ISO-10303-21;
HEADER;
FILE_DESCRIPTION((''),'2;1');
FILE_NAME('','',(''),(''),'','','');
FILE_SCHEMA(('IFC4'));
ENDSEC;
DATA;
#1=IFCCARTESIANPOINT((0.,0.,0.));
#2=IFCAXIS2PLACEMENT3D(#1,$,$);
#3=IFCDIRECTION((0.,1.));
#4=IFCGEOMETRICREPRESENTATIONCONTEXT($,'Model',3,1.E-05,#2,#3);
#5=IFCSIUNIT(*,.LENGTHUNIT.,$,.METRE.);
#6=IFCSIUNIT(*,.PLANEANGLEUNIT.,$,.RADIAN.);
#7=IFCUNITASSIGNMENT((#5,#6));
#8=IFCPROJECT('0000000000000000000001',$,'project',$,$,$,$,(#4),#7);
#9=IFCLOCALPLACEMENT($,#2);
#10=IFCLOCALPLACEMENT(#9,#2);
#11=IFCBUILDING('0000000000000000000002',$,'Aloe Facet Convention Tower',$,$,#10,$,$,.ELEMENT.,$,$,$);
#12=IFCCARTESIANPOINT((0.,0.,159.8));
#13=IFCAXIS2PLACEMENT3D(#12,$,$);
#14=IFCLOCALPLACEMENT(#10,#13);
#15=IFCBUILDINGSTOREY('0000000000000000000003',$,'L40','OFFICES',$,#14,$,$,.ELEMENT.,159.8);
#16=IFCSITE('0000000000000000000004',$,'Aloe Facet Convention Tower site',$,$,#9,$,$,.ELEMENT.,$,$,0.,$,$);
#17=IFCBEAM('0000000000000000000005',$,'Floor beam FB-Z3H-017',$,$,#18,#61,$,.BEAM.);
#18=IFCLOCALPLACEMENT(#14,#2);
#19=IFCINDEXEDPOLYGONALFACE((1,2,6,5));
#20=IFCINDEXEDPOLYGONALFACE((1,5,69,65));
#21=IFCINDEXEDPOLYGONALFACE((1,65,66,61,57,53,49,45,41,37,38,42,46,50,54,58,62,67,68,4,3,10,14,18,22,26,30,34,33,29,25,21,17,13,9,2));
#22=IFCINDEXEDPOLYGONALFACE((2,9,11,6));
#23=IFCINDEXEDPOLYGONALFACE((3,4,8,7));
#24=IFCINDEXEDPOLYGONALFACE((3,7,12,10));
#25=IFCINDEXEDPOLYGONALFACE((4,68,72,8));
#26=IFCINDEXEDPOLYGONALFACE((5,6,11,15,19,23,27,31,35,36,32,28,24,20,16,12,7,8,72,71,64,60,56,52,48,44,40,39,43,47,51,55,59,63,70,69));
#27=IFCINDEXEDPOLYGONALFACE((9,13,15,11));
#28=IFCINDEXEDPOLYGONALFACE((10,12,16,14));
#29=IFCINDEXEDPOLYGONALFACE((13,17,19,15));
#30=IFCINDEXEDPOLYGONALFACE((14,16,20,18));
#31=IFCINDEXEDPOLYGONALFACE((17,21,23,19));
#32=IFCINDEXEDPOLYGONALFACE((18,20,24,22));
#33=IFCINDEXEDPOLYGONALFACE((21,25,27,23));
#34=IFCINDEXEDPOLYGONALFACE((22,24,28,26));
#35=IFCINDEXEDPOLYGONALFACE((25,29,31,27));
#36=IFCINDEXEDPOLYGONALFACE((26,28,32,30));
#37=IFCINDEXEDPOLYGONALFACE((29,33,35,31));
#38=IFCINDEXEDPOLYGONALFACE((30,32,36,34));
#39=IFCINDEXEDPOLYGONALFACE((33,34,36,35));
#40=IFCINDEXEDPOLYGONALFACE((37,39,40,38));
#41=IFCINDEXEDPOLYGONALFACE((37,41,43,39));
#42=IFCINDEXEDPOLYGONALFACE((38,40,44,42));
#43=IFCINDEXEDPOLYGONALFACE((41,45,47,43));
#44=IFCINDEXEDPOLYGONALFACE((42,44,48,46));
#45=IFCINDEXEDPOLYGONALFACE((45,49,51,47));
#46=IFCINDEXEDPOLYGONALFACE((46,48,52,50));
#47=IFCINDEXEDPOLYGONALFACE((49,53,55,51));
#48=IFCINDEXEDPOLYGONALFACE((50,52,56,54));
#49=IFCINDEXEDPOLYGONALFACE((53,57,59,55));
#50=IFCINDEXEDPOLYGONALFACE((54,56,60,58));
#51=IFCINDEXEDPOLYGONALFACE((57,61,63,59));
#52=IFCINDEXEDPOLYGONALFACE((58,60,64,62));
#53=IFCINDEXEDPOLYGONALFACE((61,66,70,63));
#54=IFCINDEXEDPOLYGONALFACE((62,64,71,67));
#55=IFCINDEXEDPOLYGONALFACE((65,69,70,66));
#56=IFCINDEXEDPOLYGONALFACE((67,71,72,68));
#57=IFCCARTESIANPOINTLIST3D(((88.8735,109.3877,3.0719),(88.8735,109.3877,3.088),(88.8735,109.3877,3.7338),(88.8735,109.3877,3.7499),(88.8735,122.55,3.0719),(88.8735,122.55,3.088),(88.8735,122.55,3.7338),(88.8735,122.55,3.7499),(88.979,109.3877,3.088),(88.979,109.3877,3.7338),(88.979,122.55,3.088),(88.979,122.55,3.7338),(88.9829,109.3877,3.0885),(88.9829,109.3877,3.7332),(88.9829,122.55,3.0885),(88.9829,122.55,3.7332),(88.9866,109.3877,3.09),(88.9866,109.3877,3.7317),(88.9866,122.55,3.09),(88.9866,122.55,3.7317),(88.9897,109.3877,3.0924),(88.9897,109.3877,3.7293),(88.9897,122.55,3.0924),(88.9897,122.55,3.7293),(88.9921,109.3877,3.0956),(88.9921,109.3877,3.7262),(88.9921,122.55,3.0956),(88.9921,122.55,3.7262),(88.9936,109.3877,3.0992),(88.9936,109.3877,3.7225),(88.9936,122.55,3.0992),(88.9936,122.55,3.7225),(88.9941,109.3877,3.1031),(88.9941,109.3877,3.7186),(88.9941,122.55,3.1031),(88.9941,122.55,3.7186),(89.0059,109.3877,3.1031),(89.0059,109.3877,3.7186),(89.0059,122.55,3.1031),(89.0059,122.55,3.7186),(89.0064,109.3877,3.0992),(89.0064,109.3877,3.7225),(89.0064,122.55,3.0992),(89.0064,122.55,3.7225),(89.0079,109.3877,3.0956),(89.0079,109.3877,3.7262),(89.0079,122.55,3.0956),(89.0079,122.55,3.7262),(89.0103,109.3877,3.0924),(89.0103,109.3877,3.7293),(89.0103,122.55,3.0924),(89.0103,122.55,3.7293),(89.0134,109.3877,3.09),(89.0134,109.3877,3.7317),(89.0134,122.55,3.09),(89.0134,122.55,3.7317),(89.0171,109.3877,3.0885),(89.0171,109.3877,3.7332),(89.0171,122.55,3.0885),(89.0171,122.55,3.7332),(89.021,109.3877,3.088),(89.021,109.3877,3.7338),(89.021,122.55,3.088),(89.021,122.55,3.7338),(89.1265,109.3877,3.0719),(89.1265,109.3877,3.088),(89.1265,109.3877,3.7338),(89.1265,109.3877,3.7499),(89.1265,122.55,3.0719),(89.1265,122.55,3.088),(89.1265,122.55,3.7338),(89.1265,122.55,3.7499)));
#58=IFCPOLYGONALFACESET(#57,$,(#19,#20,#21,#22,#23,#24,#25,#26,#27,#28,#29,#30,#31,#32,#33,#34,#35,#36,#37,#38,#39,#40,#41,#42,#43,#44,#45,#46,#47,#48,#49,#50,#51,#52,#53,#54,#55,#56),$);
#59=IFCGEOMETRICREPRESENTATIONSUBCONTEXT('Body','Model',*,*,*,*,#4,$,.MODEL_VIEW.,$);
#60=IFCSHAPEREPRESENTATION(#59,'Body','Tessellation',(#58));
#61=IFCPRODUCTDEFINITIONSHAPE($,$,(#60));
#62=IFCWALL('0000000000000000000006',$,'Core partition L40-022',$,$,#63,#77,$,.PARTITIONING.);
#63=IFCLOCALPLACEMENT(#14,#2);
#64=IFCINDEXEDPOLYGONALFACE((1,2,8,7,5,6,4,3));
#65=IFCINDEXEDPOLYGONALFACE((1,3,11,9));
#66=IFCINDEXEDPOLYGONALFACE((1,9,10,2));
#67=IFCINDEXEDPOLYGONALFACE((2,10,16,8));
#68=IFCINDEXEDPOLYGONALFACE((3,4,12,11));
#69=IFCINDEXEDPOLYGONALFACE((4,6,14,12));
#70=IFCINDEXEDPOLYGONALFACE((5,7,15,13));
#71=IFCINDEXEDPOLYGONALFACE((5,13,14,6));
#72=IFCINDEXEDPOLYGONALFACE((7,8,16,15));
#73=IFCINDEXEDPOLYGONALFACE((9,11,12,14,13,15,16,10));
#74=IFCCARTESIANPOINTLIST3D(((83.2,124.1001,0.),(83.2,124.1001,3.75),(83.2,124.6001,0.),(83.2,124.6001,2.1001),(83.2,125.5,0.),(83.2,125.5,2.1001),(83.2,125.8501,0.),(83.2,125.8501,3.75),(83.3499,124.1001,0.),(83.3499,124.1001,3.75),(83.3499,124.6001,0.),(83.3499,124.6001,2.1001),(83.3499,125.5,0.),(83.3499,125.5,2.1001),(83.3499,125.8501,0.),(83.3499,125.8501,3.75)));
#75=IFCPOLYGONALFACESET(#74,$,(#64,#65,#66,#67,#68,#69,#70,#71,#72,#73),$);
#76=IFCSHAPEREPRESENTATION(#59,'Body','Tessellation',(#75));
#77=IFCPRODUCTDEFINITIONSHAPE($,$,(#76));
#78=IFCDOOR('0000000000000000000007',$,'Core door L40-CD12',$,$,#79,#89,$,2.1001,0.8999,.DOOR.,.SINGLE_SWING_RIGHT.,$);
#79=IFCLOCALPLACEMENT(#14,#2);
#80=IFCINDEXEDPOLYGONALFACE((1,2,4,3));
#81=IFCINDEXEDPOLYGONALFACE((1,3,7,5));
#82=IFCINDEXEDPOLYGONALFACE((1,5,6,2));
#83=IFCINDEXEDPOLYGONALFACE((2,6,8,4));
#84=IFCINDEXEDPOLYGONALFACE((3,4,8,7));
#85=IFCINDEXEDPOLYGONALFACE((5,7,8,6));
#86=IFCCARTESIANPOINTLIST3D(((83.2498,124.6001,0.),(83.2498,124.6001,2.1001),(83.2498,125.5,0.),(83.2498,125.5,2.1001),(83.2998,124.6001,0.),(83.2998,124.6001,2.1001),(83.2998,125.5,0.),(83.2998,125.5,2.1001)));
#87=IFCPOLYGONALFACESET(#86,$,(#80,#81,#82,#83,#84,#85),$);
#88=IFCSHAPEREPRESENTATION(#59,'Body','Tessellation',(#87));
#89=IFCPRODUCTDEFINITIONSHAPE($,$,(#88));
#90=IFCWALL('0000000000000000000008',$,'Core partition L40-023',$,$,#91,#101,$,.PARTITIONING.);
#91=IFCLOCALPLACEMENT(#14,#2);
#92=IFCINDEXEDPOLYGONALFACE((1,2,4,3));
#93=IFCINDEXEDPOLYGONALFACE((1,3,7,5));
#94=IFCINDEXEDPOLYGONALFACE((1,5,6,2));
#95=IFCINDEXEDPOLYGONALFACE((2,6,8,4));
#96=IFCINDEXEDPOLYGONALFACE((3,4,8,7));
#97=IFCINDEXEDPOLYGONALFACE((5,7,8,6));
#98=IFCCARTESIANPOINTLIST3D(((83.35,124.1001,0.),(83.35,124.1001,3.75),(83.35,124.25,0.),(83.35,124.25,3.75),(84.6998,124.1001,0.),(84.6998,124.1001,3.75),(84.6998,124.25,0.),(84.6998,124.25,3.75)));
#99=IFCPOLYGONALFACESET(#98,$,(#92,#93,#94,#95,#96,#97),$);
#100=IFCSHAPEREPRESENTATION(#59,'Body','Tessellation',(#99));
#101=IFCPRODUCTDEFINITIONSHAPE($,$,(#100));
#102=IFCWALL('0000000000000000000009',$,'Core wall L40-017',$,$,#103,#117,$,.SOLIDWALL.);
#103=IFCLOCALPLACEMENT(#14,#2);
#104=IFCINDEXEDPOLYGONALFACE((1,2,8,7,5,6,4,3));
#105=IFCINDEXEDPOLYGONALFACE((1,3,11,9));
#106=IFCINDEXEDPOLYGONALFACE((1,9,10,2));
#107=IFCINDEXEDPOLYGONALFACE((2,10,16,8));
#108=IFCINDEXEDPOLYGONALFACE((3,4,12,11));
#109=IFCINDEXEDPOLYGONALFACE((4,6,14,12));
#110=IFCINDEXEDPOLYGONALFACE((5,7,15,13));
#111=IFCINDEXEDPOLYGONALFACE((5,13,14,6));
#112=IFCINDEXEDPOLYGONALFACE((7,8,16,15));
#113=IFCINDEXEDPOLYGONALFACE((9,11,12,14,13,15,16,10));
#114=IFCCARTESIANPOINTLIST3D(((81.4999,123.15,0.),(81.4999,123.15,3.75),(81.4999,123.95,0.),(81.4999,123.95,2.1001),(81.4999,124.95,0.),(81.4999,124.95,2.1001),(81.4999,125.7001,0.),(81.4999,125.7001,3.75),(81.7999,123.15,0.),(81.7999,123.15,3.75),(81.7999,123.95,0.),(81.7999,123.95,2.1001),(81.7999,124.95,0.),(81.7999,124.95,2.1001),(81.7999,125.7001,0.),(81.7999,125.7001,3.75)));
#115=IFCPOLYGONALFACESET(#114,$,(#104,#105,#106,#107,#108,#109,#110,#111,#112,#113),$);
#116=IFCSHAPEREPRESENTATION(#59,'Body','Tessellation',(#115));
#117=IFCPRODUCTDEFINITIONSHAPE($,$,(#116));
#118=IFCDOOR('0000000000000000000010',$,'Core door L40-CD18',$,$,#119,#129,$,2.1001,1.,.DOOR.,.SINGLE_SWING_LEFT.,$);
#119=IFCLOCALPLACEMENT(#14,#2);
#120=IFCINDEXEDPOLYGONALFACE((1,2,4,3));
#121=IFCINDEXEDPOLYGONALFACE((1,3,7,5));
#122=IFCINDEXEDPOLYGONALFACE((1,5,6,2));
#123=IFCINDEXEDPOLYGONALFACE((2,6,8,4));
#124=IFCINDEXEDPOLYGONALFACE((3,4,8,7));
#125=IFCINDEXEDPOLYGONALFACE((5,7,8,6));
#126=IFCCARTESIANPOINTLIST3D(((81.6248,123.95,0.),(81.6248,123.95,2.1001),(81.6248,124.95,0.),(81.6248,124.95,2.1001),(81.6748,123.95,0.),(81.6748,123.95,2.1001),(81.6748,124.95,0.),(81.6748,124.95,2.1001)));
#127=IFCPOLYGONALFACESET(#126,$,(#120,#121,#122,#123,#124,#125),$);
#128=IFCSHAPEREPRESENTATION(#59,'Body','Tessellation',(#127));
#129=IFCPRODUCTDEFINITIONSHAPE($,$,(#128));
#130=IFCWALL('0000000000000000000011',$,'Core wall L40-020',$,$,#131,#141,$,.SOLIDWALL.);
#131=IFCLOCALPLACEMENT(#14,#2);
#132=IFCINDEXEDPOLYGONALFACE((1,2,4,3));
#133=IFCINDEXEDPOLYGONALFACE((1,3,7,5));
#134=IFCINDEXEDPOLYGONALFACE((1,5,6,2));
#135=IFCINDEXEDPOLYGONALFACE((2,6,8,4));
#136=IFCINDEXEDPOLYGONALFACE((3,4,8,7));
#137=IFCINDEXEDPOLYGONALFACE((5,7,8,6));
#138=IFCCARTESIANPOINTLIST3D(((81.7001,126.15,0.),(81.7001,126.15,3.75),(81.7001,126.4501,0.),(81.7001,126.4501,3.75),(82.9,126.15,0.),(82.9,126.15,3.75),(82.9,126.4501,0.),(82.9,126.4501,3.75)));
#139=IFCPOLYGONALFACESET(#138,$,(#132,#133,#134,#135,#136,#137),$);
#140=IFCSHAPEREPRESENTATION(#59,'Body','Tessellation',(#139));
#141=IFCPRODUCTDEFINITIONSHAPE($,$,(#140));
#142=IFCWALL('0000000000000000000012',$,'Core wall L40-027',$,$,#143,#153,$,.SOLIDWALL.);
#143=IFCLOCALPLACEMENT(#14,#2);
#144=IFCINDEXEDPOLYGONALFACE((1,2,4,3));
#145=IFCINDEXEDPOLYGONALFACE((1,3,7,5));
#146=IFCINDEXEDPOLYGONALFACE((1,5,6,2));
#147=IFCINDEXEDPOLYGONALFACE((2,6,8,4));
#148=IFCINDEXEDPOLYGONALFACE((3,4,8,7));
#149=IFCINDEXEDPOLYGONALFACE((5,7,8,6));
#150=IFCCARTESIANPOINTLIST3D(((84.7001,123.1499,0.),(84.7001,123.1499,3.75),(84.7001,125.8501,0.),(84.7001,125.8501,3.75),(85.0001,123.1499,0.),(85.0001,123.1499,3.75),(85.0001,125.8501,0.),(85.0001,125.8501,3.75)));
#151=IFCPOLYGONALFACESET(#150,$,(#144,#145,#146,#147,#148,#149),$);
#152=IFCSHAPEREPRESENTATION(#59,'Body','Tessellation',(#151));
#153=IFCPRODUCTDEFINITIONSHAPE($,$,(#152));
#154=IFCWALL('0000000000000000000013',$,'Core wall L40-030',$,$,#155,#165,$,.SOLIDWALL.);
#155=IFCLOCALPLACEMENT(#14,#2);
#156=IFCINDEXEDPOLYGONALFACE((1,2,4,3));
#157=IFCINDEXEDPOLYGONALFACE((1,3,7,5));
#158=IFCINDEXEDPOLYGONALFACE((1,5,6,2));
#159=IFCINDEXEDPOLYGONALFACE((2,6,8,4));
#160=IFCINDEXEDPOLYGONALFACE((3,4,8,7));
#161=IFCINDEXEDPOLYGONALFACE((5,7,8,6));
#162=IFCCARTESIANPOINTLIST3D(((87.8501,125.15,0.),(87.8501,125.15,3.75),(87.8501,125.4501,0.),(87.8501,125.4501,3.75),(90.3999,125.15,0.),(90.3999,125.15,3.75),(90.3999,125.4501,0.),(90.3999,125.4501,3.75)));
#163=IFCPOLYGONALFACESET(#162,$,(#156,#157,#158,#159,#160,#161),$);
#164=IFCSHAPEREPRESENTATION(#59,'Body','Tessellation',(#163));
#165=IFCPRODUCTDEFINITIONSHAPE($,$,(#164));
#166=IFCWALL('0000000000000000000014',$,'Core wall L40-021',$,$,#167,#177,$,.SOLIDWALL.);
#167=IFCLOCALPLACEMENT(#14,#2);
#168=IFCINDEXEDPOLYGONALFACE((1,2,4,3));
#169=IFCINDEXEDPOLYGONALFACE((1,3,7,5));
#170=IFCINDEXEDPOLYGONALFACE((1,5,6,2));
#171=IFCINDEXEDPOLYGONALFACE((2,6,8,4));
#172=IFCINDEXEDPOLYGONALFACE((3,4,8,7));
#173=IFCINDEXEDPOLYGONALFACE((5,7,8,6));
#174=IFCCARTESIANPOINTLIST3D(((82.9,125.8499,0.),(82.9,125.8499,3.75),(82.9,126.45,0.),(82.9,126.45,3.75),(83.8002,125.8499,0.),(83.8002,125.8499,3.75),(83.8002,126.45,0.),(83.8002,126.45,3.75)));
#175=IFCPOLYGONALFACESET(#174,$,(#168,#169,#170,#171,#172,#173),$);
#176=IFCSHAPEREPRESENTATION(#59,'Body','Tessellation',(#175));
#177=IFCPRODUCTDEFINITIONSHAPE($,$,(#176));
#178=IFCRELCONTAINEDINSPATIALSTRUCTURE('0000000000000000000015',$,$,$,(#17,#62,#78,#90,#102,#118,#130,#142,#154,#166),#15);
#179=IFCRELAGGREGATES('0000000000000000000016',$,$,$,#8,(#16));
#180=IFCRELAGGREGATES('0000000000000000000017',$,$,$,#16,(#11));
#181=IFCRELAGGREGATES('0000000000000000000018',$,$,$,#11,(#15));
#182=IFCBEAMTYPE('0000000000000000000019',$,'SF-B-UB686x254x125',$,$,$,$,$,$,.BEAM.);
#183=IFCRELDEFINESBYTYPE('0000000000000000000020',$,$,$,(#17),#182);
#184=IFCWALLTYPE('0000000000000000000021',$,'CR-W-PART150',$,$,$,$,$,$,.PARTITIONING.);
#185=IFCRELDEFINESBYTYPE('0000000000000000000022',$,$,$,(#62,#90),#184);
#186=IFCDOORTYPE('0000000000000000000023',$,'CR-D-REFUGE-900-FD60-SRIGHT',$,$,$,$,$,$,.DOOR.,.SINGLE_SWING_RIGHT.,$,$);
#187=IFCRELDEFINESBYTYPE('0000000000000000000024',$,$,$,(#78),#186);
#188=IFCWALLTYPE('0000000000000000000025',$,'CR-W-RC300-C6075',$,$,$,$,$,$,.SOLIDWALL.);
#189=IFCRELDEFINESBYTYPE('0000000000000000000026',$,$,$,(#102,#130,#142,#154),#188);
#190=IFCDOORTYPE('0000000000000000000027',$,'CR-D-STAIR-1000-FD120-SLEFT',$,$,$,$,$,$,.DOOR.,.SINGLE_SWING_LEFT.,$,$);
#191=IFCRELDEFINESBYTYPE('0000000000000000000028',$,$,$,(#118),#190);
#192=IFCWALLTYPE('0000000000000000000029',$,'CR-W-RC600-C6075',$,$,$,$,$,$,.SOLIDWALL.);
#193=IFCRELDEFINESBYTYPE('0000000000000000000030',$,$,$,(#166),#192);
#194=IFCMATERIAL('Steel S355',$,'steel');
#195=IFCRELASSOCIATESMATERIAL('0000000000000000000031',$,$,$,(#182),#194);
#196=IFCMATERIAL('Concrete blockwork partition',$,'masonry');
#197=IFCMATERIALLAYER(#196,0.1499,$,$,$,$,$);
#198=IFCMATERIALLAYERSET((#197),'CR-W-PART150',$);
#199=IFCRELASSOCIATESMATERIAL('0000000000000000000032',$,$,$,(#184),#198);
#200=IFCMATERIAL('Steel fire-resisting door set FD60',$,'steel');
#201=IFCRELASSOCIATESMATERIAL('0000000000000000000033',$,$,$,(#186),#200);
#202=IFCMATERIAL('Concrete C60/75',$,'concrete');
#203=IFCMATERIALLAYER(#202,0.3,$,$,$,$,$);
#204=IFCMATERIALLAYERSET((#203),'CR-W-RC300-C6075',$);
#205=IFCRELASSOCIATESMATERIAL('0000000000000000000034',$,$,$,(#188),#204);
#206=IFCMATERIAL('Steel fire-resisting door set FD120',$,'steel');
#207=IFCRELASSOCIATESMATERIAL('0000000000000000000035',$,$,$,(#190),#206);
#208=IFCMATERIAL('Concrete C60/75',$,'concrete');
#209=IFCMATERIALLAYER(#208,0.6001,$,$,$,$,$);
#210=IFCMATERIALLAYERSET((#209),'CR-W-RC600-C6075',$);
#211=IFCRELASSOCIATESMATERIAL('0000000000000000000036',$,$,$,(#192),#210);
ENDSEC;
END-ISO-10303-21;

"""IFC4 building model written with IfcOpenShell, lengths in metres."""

from ifc_helpers import new_model, si_unit, direction, frame, frame_2d, origin, origin_2d, place, context, subcontext, project, spatial, rectangle, i_section, extrude, material, layer, layer_set, material_profile, profile_set, type_object, element, fill, save


model = new_model("IFC4")

# Units and contexts
model_context = context("Model", 3, precision=1e-05, world=origin(), true_north=direction((0.0, 1.0)))
body_context = subcontext(model_context, "Body", "Model", "MODEL_VIEW")
ifc_project = project(units=[si_unit("LENGTHUNIT", "METRE"), si_unit("PLANEANGLEUNIT", "RADIAN")], contexts=[model_context])

# Site, building, storey
site_placement = place(None, origin())
site = spatial("IfcSite", under=ifc_project, at=site_placement, Name="Aloe Facet Convention Tower site", CompositionType="ELEMENT", RefElevation=0.0)
building_placement = place(site_placement, origin())
building = spatial("IfcBuilding", under=site, at=building_placement, Name="Aloe Facet Convention Tower", CompositionType="ELEMENT")
storey_placement = place(building_placement, frame((0.0, 0.0, 159.8)))
storey = spatial("IfcBuildingStorey", under=building, at=storey_placement, Name="L40", Description="OFFICES", CompositionType="ELEMENT", Elevation=159.8)

# Beam
ifc_material_1 = material(Name="Steel S355", Category="steel")
ifc_material_profile = material_profile(ifc_material_1, i_section(OverallWidth=0.2529, OverallDepth=0.678, WebThickness=0.0117, FlangeThickness=0.0161, FilletRadius=0.0151, at=origin_2d()), Name="UB 686x254x125")
ifc_profile_set = profile_set([ifc_material_profile], Name="Steel S355")
beam_type = type_object("IfcBeamType", Name="SF-B-UB686x254x125", PredefinedType="BEAM", material=ifc_profile_set)
beam_placement = place(storey_placement, frame((89.0, 122.55, 3.4109), z_axis=(0.0, -1.0, 0.0), x_axis=(1.0, 0.0, 0.0)))
element("IfcBeam", 1, at=beam_placement, inside=storey, type_object=beam_type, Name="Floor beam FB-Z3H-017", PredefinedType="BEAM", context=body_context, shape_type="SweptSolid", body=[
    extrude(i_section(OverallWidth=0.2529, OverallDepth=0.678, WebThickness=0.0117, FlangeThickness=0.0161, FilletRadius=0.0151, at=origin_2d()), origin(), (0.0, 0.0, 1.0), 13.1624),
])

# Wall, opening, door
ifc_material_2 = material(Name="Concrete blockwork partition", Category="masonry")
ifc_layer_1 = layer(ifc_material_2, 0.1499)
ifc_layer_set_1 = layer_set([ifc_layer_1], Name="CR-W-PART150")
wall_type_1 = type_object("IfcWallType", Name="CR-W-PART150", PredefinedType="PARTITIONING", material=ifc_layer_set_1)
wall_1_placement = place(storey_placement, frame((83.2749, 125.8501, 0.0), z_axis=(0.0, 0.0, 1.0), x_axis=(0.0, -1.0, 0.0)))
wall_1 = element("IfcWall", 2, at=wall_1_placement, inside=storey, type_object=wall_type_1, Name="Core partition L40-022", PredefinedType="PARTITIONING", context=body_context, shape_type="SweptSolid", body=[
    extrude(rectangle(XDim=1.75, YDim=0.1499, at=frame_2d((0.875, 0.0))), origin(), (0.0, 0.0, 1.0), 3.75),
])
opening_1_placement = place(wall_1_placement, frame((0.3501, 0.0, 0.0)))
opening_1 = element("IfcOpeningElement", 3, at=opening_1_placement, cuts=wall_1, PredefinedType="OPENING", context=body_context, shape_type="SweptSolid", body=[
    extrude(rectangle(XDim=0.8999, YDim=2.1001, at=frame_2d((0.45, 1.05))), frame((0.0, 0.085, 0.0), z_axis=(0.0, -1.0, 0.0), x_axis=(1.0, 0.0, 0.0)), (0.0, 0.0, 1.0), 0.1699),
])
ifc_material_3 = material(Name="Steel fire-resisting door set FD60", Category="steel")
door_type_1 = type_object("IfcDoorType", Name="CR-D-REFUGE-900-FD60-SRIGHT", OperationType="SINGLE_SWING_RIGHT", PredefinedType="DOOR", material=ifc_material_3)
door_1_placement = place(opening_1_placement, origin())
door_1 = element("IfcDoor", 4, at=door_1_placement, inside=storey, type_object=door_type_1, Name="Core door L40-CD12", OperationType="SINGLE_SWING_RIGHT", OverallHeight=2.1001, OverallWidth=0.8999, PredefinedType="DOOR", context=body_context, shape_type="SweptSolid", body=[
    extrude(rectangle(XDim=0.8999, YDim=2.1001, at=frame_2d((0.45, 1.05))), frame((0.0, 0.0249, 0.0), z_axis=(0.0, -1.0, 0.0), x_axis=(1.0, 0.0, 0.0)), (0.0, 0.0, 1.0), 0.05),
])
fill(opening_1, door_1)

# Wall
wall_2_placement = place(storey_placement, frame((83.3501, 124.175, 0.0), z_axis=(0.0, 0.0, 1.0), x_axis=(1.0, 0.0, 0.0)))
element("IfcWall", 5, at=wall_2_placement, inside=storey, type_object=wall_type_1, Name="Core partition L40-023", PredefinedType="PARTITIONING", context=body_context, shape_type="SweptSolid", body=[
    extrude(rectangle(XDim=1.3499, YDim=0.1499, at=frame_2d((0.6748, 0.0))), origin(), (0.0, 0.0, 1.0), 3.75),
])

# Wall, opening, door
ifc_material_4 = material(Name="Concrete C60/75", Category="concrete")
ifc_layer_2 = layer(ifc_material_4, 0.3)
ifc_layer_set_2 = layer_set([ifc_layer_2], Name="CR-W-RC300-C6075")
wall_type_2 = type_object("IfcWallType", Name="CR-W-RC300-C6075", PredefinedType="SOLIDWALL", material=ifc_layer_set_2)
wall_3_placement = place(storey_placement, frame((81.6499, 125.7, 0.0), z_axis=(0.0, 0.0, 1.0), x_axis=(0.0, -1.0, 0.0)))
wall_3 = element("IfcWall", 6, at=wall_3_placement, inside=storey, type_object=wall_type_2, Name="Core wall L40-017", PredefinedType="SOLIDWALL", context=body_context, shape_type="SweptSolid", body=[
    extrude(rectangle(XDim=2.55, YDim=0.3, at=frame_2d((1.2749, 0.0))), origin(), (0.0, 0.0, 1.0), 3.75),
])
opening_2_placement = place(wall_3_placement, frame((0.75, 0.0, 0.0)))
opening_2 = element("IfcOpeningElement", 7, at=opening_2_placement, cuts=wall_3, PredefinedType="OPENING", context=body_context, shape_type="SweptSolid", body=[
    extrude(rectangle(XDim=1.0, YDim=2.1001, at=frame_2d((0.5, 1.05))), frame((0.0, 0.1602, 0.0), z_axis=(0.0, -1.0, 0.0), x_axis=(1.0, 0.0, 0.0)), (0.0, 0.0, 1.0), 0.3201),
])
ifc_material_5 = material(Name="Steel fire-resisting door set FD120", Category="steel")
door_type_2 = type_object("IfcDoorType", Name="CR-D-STAIR-1000-FD120-SLEFT", OperationType="SINGLE_SWING_LEFT", PredefinedType="DOOR", material=ifc_material_5)
door_2_placement = place(opening_2_placement, origin())
door_2 = element("IfcDoor", 8, at=door_2_placement, inside=storey, type_object=door_type_2, Name="Core door L40-CD18", OperationType="SINGLE_SWING_LEFT", OverallHeight=2.1001, OverallWidth=1.0, PredefinedType="DOOR", context=body_context, shape_type="SweptSolid", body=[
    extrude(rectangle(XDim=1.0, YDim=2.1001, at=frame_2d((0.5, 1.05))), frame((0.0, 0.0249, 0.0), z_axis=(0.0, -1.0, 0.0), x_axis=(1.0, 0.0, 0.0)), (0.0, 0.0, 1.0), 0.05),
])
fill(opening_2, door_2)

# Walls
wall_4_placement = place(storey_placement, frame((81.7, 126.3, 0.0), z_axis=(0.0, 0.0, 1.0), x_axis=(1.0, 0.0, 0.0)))
element("IfcWall", 9, at=wall_4_placement, inside=storey, type_object=wall_type_2, Name="Core wall L40-020", PredefinedType="SOLIDWALL", context=body_context, shape_type="SweptSolid", body=[
    extrude(rectangle(XDim=1.2, YDim=0.3, at=frame_2d((0.6001, 0.0))), origin(), (0.0, 0.0, 1.0), 3.75),
])
wall_5_placement = place(storey_placement, frame((84.8501, 125.8501, 0.0), z_axis=(0.0, 0.0, 1.0), x_axis=(0.0, -1.0, 0.0)))
element("IfcWall", 10, at=wall_5_placement, inside=storey, type_object=wall_type_2, Name="Core wall L40-027", PredefinedType="SOLIDWALL", context=body_context, shape_type="SweptSolid", body=[
    extrude(rectangle(XDim=2.7002, YDim=0.3, at=frame_2d((1.3501, 0.0))), origin(), (0.0, 0.0, 1.0), 3.75),
])
wall_6_placement = place(storey_placement, frame((87.8501, 125.3, 0.0), z_axis=(0.0, 0.0, 1.0), x_axis=(1.0, 0.0, 0.0)))
element("IfcWall", 11, at=wall_6_placement, inside=storey, type_object=wall_type_2, Name="Core wall L40-030", PredefinedType="SOLIDWALL", context=body_context, shape_type="SweptSolid", body=[
    extrude(rectangle(XDim=2.5498, YDim=0.3, at=frame_2d((1.2749, 0.0))), origin(), (0.0, 0.0, 1.0), 3.75),
])
ifc_material_6 = material(Name="Concrete C60/75", Category="concrete")
ifc_layer_3 = layer(ifc_material_6, 0.6001)
ifc_layer_set_3 = layer_set([ifc_layer_3], Name="CR-W-RC600-C6075")
wall_type_3 = type_object("IfcWallType", Name="CR-W-RC600-C6075", PredefinedType="SOLIDWALL", material=ifc_layer_set_3)
wall_7_placement = place(storey_placement, frame((82.8999, 126.1499, 0.0), z_axis=(0.0, 0.0, 1.0), x_axis=(1.0, 0.0, 0.0)))
element("IfcWall", 12, at=wall_7_placement, inside=storey, type_object=wall_type_3, Name="Core wall L40-021", PredefinedType="SOLIDWALL", context=body_context, shape_type="SweptSolid", body=[
    extrude(rectangle(XDim=0.9001, YDim=0.6001, at=frame_2d((0.4502, 0.0))), origin(), (0.0, 0.0, 1.0), 3.75),
])

save(model, "model.ifc")
